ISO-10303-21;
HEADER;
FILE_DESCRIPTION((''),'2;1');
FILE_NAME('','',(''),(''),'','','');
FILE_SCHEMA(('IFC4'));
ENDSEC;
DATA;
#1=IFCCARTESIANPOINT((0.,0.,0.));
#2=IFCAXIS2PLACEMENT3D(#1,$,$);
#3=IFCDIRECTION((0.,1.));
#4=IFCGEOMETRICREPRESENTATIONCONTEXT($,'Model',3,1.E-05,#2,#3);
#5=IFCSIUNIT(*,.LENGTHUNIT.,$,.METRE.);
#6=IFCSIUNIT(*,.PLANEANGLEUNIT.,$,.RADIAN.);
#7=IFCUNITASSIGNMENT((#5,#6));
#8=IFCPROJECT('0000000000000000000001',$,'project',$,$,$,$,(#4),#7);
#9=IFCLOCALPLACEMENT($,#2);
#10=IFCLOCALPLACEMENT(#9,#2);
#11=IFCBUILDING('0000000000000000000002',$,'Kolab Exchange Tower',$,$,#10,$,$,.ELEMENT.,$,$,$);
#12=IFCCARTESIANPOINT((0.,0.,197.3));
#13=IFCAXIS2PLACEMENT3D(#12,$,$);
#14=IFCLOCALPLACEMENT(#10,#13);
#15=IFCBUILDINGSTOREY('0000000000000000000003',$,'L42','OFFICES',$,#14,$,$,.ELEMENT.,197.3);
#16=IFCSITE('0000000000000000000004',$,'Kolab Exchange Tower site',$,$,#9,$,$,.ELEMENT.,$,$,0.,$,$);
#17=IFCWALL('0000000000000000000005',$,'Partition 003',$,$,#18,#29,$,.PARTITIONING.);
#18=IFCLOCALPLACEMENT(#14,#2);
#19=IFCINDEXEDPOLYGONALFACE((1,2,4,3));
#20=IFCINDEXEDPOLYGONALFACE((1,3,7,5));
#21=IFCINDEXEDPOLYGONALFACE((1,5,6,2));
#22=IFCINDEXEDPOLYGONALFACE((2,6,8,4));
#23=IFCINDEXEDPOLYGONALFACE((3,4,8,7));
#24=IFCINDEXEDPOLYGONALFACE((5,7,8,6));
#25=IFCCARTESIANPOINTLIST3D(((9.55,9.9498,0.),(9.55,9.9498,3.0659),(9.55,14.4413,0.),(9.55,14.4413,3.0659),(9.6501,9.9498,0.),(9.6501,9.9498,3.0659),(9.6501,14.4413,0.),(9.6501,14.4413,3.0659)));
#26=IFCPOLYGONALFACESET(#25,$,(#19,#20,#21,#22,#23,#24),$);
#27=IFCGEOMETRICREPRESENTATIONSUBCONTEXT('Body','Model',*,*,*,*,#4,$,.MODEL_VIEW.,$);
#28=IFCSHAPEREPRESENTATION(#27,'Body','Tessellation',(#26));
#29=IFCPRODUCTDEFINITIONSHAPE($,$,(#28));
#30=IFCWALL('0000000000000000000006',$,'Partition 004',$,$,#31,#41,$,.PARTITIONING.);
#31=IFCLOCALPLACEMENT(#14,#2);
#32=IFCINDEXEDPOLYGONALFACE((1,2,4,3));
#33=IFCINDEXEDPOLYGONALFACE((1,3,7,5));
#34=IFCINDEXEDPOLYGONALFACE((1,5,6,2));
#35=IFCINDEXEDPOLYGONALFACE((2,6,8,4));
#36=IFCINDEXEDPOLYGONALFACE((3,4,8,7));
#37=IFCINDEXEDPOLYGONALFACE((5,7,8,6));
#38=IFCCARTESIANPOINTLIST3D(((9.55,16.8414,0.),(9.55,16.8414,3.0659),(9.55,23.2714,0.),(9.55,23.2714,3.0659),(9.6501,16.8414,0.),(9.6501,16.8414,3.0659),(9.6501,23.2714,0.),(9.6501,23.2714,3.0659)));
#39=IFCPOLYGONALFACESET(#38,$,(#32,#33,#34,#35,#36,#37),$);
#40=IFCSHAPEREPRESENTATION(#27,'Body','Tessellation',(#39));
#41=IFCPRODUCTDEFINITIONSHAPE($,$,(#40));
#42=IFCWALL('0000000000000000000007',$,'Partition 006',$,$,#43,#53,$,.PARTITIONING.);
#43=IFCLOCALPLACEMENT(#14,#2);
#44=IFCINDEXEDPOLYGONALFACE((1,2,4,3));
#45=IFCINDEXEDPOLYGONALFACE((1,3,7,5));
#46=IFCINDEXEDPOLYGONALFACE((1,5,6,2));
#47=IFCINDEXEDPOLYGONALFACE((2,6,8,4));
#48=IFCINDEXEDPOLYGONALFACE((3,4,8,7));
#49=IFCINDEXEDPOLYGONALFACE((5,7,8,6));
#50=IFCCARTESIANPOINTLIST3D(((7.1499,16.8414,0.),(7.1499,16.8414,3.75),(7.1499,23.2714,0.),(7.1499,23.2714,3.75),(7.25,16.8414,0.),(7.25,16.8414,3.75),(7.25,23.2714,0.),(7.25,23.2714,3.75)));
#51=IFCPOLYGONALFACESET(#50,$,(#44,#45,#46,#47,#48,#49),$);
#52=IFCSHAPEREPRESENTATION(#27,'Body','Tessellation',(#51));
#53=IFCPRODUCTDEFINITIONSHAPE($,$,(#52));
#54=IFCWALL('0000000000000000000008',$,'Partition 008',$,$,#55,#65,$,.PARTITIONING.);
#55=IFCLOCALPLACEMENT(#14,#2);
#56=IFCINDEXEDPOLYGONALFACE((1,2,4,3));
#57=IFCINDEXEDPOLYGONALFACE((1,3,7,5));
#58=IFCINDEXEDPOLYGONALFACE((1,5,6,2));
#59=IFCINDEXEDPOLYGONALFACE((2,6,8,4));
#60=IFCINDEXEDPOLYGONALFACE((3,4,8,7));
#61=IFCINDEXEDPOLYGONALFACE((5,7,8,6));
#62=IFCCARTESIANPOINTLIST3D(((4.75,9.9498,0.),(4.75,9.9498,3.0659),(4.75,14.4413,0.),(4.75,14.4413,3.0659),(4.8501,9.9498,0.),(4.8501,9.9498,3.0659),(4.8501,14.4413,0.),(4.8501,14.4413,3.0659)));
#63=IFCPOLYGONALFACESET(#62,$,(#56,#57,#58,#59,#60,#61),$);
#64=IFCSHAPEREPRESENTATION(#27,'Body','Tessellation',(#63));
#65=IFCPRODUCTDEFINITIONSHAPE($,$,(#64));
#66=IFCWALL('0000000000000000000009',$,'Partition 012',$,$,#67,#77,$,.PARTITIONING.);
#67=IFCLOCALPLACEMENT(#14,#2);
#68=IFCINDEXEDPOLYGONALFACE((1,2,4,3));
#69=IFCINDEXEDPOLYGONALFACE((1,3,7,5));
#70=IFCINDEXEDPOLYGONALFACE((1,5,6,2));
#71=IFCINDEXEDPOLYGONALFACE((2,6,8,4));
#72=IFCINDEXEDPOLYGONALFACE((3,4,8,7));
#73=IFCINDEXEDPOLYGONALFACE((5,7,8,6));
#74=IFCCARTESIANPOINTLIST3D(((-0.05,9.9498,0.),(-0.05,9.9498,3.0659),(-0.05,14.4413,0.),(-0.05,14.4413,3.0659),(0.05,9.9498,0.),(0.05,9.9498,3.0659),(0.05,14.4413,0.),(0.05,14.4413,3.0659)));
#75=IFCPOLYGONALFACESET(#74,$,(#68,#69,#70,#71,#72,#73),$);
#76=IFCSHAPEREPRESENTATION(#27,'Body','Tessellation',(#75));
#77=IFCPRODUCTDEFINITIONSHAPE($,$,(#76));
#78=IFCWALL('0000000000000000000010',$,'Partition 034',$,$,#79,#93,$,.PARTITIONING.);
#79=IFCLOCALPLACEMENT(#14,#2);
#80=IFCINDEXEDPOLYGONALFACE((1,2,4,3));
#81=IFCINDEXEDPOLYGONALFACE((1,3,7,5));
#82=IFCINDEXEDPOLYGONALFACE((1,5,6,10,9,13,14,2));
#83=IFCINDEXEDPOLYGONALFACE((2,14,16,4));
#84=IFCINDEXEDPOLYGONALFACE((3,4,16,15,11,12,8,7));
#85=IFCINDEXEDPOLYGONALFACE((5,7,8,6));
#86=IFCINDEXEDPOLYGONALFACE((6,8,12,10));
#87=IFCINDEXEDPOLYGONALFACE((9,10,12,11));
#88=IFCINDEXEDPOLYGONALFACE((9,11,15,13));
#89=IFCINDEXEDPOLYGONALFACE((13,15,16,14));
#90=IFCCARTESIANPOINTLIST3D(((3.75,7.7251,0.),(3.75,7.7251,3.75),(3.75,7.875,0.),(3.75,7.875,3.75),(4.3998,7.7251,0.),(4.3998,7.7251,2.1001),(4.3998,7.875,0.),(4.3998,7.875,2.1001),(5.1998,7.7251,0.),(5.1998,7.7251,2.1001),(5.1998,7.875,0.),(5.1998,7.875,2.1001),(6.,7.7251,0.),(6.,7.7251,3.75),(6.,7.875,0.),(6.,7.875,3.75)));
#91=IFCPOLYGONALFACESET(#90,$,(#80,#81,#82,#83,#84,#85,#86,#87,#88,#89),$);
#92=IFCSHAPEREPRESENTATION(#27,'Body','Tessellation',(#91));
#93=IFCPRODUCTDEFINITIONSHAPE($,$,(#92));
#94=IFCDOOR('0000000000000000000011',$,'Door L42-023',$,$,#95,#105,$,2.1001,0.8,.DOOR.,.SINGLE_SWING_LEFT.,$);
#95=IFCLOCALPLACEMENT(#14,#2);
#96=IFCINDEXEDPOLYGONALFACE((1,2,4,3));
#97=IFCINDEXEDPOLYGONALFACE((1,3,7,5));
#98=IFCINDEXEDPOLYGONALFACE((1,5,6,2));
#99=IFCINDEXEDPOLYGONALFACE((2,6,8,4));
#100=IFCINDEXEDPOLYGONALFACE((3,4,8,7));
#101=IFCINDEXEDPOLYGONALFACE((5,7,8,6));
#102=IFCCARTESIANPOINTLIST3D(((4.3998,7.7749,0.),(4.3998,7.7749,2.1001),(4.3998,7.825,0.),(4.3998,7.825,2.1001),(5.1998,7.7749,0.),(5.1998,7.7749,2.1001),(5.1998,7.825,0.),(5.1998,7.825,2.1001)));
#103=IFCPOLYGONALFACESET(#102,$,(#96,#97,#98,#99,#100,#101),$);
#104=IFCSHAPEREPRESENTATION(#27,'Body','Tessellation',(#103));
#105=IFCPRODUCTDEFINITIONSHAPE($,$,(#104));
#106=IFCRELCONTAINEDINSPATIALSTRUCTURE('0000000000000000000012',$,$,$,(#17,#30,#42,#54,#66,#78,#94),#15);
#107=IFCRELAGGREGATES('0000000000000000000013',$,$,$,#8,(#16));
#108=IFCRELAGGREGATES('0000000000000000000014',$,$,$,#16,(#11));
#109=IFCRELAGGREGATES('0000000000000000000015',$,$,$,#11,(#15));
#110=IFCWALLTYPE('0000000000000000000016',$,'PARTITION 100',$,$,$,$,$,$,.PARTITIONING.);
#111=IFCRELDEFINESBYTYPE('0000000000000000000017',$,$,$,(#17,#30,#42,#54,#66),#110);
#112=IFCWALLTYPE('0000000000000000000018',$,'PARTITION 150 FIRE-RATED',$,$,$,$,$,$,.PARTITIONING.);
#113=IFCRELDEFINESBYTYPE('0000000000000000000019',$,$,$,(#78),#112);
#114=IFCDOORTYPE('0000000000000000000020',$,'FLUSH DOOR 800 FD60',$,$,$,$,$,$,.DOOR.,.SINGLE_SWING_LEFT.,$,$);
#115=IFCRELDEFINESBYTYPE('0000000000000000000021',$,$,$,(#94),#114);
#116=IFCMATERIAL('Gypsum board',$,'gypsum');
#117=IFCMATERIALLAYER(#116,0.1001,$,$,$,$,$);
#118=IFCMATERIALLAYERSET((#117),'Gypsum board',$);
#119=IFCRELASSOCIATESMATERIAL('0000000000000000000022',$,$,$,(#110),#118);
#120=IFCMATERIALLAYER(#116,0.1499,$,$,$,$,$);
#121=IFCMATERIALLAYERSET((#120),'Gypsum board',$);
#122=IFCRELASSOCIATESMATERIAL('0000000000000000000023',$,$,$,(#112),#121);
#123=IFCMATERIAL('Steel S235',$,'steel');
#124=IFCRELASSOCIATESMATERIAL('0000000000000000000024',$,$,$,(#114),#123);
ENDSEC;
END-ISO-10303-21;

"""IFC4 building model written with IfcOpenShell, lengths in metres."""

from ifc_helpers import new_model, si_unit, direction, frame, frame_2d, origin, place, context, subcontext, project, spatial, rectangle, extrude, material, layer, layer_set, type_object, element, fill, save


model = new_model("IFC4")

# Units and contexts
model_context = context("Model", 3, precision=1e-05, world=origin(), true_north=direction((0.0, 1.0)))
body_context = subcontext(model_context, "Body", "Model", "MODEL_VIEW")
ifc_project = project(units=[si_unit("LENGTHUNIT", "METRE"), si_unit("PLANEANGLEUNIT", "RADIAN")], contexts=[model_context])

# Site, building, storey
site_placement = place(None, origin())
site = spatial("IfcSite", under=ifc_project, at=site_placement, Name="Kolab Exchange Tower site", CompositionType="ELEMENT", RefElevation=0.0)
building_placement = place(site_placement, origin())
building = spatial("IfcBuilding", under=site, at=building_placement, Name="Kolab Exchange Tower", CompositionType="ELEMENT")
storey_placement = place(building_placement, frame((0.0, 0.0, 197.3)))
storey = spatial("IfcBuildingStorey", under=building, at=storey_placement, Name="L42", Description="OFFICES", CompositionType="ELEMENT", Elevation=197.3)

# Walls
ifc_material_1 = material(Name="Gypsum board", Category="gypsum")
ifc_layer_1 = layer(ifc_material_1, 0.1001)
ifc_layer_set_1 = layer_set([ifc_layer_1], Name="Gypsum board")
wall_type_1 = type_object("IfcWallType", Name="PARTITION 100", PredefinedType="PARTITIONING", material=ifc_layer_set_1)
wall_1_placement = place(storey_placement, frame((9.6001, 9.95, 0.0), z_axis=(0.0, 0.0, 1.0), x_axis=(0.0, 1.0, 0.0)))
element("IfcWall", 1, at=wall_1_placement, inside=storey, type_object=wall_type_1, Name="Partition 003", PredefinedType="PARTITIONING", context=body_context, shape_type="SweptSolid", body=[
    extrude(rectangle(XDim=4.4915, YDim=0.1001, at=frame_2d((2.2456, 0.0))), origin(), (0.0, 0.0, 1.0), 3.0659),
])
wall_2_placement = place(storey_placement, frame((9.6001, 16.8416, 0.0), z_axis=(0.0, 0.0, 1.0), x_axis=(0.0, 1.0, 0.0)))
element("IfcWall", 2, at=wall_2_placement, inside=storey, type_object=wall_type_1, Name="Partition 004", PredefinedType="PARTITIONING", context=body_context, shape_type="SweptSolid", body=[
    extrude(rectangle(XDim=6.4299, YDim=0.1001, at=frame_2d((3.2148, 0.0))), origin(), (0.0, 0.0, 1.0), 3.0659),
])
wall_3_placement = place(storey_placement, frame((7.2, 16.8416, 0.0), z_axis=(0.0, 0.0, 1.0), x_axis=(0.0, 1.0, 0.0)))
element("IfcWall", 3, at=wall_3_placement, inside=storey, type_object=wall_type_1, Name="Partition 006", PredefinedType="PARTITIONING", context=body_context, shape_type="SweptSolid", body=[
    extrude(rectangle(XDim=6.4299, YDim=0.1001, at=frame_2d((3.2148, 0.0))), origin(), (0.0, 0.0, 1.0), 3.75),
])
for number, where, z_axis, x_axis, name in (
    (4, (4.8, 9.95, 0.0), (0.0, 0.0, 1.0), (0.0, 1.0, 0.0), "Partition 008"),
    (5, (0.0, 9.95, 0.0), (0.0, 0.0, 1.0), (0.0, 1.0, 0.0), "Partition 012"),
):
    element("IfcWall", number, at=place(storey_placement, frame(where, z_axis=z_axis, x_axis=x_axis)), inside=storey, type_object=wall_type_1, Name=name, PredefinedType="PARTITIONING", context=body_context, shape_type="SweptSolid", body=[
        extrude(rectangle(XDim=4.4915, YDim=0.1001, at=frame_2d((2.2456, 0.0))), origin(), (0.0, 0.0, 1.0), 3.0659),
    ])

# Wall, opening, door
ifc_layer_2 = layer(ifc_material_1, 0.1499)
ifc_layer_set_2 = layer_set([ifc_layer_2], Name="Gypsum board")
wall_type_2 = type_object("IfcWallType", Name="PARTITION 150 FIRE-RATED", PredefinedType="PARTITIONING", material=ifc_layer_set_2)
wall_4_placement = place(storey_placement, frame((3.75, 7.8, 0.0), z_axis=(0.0, 0.0, 1.0), x_axis=(1.0, 0.0, 0.0)))
wall_4 = element("IfcWall", 6, at=wall_4_placement, inside=storey, type_object=wall_type_2, Name="Partition 034", PredefinedType="PARTITIONING", context=body_context, shape_type="SweptSolid", body=[
    extrude(rectangle(XDim=2.25, YDim=0.1499, at=frame_2d((1.125, 0.0))), origin(), (0.0, 0.0, 1.0), 3.75),
])
opening_1_placement = place(wall_4_placement, frame((0.6499, 0.0, 0.0)))
opening_1 = element("IfcOpeningElement", 7, at=opening_1_placement, cuts=wall_4, PredefinedType="OPENING", context=body_context, shape_type="SweptSolid", body=[
    extrude(rectangle(XDim=0.8, YDim=2.1001, at=frame_2d((0.3999, 1.05))), frame((0.0, 0.085, 0.0), z_axis=(0.0, -1.0, 0.0), x_axis=(1.0, 0.0, 0.0)), (0.0, 0.0, 1.0), 0.1699),
])
ifc_material_2 = material(Name="Steel S235", Category="steel")
door_type_1 = type_object("IfcDoorType", Name="FLUSH DOOR 800 FD60", OperationType="SINGLE_SWING_LEFT", PredefinedType="DOOR", material=ifc_material_2)
door_1_placement = place(opening_1_placement, origin())
door_1 = element("IfcDoor", 8, at=door_1_placement, inside=storey, type_object=door_type_1, Name="Door L42-023", OperationType="SINGLE_SWING_LEFT", OverallHeight=2.1001, OverallWidth=0.8, PredefinedType="DOOR", context=body_context, shape_type="SweptSolid", body=[
    extrude(rectangle(XDim=0.8, YDim=2.1001, at=frame_2d((0.3999, 1.05))), frame((0.0, 0.0249, 0.0), z_axis=(0.0, -1.0, 0.0), x_axis=(1.0, 0.0, 0.0)), (0.0, 0.0, 1.0), 0.05),
])
fill(opening_1, door_1)

save(model, "model.ifc")
